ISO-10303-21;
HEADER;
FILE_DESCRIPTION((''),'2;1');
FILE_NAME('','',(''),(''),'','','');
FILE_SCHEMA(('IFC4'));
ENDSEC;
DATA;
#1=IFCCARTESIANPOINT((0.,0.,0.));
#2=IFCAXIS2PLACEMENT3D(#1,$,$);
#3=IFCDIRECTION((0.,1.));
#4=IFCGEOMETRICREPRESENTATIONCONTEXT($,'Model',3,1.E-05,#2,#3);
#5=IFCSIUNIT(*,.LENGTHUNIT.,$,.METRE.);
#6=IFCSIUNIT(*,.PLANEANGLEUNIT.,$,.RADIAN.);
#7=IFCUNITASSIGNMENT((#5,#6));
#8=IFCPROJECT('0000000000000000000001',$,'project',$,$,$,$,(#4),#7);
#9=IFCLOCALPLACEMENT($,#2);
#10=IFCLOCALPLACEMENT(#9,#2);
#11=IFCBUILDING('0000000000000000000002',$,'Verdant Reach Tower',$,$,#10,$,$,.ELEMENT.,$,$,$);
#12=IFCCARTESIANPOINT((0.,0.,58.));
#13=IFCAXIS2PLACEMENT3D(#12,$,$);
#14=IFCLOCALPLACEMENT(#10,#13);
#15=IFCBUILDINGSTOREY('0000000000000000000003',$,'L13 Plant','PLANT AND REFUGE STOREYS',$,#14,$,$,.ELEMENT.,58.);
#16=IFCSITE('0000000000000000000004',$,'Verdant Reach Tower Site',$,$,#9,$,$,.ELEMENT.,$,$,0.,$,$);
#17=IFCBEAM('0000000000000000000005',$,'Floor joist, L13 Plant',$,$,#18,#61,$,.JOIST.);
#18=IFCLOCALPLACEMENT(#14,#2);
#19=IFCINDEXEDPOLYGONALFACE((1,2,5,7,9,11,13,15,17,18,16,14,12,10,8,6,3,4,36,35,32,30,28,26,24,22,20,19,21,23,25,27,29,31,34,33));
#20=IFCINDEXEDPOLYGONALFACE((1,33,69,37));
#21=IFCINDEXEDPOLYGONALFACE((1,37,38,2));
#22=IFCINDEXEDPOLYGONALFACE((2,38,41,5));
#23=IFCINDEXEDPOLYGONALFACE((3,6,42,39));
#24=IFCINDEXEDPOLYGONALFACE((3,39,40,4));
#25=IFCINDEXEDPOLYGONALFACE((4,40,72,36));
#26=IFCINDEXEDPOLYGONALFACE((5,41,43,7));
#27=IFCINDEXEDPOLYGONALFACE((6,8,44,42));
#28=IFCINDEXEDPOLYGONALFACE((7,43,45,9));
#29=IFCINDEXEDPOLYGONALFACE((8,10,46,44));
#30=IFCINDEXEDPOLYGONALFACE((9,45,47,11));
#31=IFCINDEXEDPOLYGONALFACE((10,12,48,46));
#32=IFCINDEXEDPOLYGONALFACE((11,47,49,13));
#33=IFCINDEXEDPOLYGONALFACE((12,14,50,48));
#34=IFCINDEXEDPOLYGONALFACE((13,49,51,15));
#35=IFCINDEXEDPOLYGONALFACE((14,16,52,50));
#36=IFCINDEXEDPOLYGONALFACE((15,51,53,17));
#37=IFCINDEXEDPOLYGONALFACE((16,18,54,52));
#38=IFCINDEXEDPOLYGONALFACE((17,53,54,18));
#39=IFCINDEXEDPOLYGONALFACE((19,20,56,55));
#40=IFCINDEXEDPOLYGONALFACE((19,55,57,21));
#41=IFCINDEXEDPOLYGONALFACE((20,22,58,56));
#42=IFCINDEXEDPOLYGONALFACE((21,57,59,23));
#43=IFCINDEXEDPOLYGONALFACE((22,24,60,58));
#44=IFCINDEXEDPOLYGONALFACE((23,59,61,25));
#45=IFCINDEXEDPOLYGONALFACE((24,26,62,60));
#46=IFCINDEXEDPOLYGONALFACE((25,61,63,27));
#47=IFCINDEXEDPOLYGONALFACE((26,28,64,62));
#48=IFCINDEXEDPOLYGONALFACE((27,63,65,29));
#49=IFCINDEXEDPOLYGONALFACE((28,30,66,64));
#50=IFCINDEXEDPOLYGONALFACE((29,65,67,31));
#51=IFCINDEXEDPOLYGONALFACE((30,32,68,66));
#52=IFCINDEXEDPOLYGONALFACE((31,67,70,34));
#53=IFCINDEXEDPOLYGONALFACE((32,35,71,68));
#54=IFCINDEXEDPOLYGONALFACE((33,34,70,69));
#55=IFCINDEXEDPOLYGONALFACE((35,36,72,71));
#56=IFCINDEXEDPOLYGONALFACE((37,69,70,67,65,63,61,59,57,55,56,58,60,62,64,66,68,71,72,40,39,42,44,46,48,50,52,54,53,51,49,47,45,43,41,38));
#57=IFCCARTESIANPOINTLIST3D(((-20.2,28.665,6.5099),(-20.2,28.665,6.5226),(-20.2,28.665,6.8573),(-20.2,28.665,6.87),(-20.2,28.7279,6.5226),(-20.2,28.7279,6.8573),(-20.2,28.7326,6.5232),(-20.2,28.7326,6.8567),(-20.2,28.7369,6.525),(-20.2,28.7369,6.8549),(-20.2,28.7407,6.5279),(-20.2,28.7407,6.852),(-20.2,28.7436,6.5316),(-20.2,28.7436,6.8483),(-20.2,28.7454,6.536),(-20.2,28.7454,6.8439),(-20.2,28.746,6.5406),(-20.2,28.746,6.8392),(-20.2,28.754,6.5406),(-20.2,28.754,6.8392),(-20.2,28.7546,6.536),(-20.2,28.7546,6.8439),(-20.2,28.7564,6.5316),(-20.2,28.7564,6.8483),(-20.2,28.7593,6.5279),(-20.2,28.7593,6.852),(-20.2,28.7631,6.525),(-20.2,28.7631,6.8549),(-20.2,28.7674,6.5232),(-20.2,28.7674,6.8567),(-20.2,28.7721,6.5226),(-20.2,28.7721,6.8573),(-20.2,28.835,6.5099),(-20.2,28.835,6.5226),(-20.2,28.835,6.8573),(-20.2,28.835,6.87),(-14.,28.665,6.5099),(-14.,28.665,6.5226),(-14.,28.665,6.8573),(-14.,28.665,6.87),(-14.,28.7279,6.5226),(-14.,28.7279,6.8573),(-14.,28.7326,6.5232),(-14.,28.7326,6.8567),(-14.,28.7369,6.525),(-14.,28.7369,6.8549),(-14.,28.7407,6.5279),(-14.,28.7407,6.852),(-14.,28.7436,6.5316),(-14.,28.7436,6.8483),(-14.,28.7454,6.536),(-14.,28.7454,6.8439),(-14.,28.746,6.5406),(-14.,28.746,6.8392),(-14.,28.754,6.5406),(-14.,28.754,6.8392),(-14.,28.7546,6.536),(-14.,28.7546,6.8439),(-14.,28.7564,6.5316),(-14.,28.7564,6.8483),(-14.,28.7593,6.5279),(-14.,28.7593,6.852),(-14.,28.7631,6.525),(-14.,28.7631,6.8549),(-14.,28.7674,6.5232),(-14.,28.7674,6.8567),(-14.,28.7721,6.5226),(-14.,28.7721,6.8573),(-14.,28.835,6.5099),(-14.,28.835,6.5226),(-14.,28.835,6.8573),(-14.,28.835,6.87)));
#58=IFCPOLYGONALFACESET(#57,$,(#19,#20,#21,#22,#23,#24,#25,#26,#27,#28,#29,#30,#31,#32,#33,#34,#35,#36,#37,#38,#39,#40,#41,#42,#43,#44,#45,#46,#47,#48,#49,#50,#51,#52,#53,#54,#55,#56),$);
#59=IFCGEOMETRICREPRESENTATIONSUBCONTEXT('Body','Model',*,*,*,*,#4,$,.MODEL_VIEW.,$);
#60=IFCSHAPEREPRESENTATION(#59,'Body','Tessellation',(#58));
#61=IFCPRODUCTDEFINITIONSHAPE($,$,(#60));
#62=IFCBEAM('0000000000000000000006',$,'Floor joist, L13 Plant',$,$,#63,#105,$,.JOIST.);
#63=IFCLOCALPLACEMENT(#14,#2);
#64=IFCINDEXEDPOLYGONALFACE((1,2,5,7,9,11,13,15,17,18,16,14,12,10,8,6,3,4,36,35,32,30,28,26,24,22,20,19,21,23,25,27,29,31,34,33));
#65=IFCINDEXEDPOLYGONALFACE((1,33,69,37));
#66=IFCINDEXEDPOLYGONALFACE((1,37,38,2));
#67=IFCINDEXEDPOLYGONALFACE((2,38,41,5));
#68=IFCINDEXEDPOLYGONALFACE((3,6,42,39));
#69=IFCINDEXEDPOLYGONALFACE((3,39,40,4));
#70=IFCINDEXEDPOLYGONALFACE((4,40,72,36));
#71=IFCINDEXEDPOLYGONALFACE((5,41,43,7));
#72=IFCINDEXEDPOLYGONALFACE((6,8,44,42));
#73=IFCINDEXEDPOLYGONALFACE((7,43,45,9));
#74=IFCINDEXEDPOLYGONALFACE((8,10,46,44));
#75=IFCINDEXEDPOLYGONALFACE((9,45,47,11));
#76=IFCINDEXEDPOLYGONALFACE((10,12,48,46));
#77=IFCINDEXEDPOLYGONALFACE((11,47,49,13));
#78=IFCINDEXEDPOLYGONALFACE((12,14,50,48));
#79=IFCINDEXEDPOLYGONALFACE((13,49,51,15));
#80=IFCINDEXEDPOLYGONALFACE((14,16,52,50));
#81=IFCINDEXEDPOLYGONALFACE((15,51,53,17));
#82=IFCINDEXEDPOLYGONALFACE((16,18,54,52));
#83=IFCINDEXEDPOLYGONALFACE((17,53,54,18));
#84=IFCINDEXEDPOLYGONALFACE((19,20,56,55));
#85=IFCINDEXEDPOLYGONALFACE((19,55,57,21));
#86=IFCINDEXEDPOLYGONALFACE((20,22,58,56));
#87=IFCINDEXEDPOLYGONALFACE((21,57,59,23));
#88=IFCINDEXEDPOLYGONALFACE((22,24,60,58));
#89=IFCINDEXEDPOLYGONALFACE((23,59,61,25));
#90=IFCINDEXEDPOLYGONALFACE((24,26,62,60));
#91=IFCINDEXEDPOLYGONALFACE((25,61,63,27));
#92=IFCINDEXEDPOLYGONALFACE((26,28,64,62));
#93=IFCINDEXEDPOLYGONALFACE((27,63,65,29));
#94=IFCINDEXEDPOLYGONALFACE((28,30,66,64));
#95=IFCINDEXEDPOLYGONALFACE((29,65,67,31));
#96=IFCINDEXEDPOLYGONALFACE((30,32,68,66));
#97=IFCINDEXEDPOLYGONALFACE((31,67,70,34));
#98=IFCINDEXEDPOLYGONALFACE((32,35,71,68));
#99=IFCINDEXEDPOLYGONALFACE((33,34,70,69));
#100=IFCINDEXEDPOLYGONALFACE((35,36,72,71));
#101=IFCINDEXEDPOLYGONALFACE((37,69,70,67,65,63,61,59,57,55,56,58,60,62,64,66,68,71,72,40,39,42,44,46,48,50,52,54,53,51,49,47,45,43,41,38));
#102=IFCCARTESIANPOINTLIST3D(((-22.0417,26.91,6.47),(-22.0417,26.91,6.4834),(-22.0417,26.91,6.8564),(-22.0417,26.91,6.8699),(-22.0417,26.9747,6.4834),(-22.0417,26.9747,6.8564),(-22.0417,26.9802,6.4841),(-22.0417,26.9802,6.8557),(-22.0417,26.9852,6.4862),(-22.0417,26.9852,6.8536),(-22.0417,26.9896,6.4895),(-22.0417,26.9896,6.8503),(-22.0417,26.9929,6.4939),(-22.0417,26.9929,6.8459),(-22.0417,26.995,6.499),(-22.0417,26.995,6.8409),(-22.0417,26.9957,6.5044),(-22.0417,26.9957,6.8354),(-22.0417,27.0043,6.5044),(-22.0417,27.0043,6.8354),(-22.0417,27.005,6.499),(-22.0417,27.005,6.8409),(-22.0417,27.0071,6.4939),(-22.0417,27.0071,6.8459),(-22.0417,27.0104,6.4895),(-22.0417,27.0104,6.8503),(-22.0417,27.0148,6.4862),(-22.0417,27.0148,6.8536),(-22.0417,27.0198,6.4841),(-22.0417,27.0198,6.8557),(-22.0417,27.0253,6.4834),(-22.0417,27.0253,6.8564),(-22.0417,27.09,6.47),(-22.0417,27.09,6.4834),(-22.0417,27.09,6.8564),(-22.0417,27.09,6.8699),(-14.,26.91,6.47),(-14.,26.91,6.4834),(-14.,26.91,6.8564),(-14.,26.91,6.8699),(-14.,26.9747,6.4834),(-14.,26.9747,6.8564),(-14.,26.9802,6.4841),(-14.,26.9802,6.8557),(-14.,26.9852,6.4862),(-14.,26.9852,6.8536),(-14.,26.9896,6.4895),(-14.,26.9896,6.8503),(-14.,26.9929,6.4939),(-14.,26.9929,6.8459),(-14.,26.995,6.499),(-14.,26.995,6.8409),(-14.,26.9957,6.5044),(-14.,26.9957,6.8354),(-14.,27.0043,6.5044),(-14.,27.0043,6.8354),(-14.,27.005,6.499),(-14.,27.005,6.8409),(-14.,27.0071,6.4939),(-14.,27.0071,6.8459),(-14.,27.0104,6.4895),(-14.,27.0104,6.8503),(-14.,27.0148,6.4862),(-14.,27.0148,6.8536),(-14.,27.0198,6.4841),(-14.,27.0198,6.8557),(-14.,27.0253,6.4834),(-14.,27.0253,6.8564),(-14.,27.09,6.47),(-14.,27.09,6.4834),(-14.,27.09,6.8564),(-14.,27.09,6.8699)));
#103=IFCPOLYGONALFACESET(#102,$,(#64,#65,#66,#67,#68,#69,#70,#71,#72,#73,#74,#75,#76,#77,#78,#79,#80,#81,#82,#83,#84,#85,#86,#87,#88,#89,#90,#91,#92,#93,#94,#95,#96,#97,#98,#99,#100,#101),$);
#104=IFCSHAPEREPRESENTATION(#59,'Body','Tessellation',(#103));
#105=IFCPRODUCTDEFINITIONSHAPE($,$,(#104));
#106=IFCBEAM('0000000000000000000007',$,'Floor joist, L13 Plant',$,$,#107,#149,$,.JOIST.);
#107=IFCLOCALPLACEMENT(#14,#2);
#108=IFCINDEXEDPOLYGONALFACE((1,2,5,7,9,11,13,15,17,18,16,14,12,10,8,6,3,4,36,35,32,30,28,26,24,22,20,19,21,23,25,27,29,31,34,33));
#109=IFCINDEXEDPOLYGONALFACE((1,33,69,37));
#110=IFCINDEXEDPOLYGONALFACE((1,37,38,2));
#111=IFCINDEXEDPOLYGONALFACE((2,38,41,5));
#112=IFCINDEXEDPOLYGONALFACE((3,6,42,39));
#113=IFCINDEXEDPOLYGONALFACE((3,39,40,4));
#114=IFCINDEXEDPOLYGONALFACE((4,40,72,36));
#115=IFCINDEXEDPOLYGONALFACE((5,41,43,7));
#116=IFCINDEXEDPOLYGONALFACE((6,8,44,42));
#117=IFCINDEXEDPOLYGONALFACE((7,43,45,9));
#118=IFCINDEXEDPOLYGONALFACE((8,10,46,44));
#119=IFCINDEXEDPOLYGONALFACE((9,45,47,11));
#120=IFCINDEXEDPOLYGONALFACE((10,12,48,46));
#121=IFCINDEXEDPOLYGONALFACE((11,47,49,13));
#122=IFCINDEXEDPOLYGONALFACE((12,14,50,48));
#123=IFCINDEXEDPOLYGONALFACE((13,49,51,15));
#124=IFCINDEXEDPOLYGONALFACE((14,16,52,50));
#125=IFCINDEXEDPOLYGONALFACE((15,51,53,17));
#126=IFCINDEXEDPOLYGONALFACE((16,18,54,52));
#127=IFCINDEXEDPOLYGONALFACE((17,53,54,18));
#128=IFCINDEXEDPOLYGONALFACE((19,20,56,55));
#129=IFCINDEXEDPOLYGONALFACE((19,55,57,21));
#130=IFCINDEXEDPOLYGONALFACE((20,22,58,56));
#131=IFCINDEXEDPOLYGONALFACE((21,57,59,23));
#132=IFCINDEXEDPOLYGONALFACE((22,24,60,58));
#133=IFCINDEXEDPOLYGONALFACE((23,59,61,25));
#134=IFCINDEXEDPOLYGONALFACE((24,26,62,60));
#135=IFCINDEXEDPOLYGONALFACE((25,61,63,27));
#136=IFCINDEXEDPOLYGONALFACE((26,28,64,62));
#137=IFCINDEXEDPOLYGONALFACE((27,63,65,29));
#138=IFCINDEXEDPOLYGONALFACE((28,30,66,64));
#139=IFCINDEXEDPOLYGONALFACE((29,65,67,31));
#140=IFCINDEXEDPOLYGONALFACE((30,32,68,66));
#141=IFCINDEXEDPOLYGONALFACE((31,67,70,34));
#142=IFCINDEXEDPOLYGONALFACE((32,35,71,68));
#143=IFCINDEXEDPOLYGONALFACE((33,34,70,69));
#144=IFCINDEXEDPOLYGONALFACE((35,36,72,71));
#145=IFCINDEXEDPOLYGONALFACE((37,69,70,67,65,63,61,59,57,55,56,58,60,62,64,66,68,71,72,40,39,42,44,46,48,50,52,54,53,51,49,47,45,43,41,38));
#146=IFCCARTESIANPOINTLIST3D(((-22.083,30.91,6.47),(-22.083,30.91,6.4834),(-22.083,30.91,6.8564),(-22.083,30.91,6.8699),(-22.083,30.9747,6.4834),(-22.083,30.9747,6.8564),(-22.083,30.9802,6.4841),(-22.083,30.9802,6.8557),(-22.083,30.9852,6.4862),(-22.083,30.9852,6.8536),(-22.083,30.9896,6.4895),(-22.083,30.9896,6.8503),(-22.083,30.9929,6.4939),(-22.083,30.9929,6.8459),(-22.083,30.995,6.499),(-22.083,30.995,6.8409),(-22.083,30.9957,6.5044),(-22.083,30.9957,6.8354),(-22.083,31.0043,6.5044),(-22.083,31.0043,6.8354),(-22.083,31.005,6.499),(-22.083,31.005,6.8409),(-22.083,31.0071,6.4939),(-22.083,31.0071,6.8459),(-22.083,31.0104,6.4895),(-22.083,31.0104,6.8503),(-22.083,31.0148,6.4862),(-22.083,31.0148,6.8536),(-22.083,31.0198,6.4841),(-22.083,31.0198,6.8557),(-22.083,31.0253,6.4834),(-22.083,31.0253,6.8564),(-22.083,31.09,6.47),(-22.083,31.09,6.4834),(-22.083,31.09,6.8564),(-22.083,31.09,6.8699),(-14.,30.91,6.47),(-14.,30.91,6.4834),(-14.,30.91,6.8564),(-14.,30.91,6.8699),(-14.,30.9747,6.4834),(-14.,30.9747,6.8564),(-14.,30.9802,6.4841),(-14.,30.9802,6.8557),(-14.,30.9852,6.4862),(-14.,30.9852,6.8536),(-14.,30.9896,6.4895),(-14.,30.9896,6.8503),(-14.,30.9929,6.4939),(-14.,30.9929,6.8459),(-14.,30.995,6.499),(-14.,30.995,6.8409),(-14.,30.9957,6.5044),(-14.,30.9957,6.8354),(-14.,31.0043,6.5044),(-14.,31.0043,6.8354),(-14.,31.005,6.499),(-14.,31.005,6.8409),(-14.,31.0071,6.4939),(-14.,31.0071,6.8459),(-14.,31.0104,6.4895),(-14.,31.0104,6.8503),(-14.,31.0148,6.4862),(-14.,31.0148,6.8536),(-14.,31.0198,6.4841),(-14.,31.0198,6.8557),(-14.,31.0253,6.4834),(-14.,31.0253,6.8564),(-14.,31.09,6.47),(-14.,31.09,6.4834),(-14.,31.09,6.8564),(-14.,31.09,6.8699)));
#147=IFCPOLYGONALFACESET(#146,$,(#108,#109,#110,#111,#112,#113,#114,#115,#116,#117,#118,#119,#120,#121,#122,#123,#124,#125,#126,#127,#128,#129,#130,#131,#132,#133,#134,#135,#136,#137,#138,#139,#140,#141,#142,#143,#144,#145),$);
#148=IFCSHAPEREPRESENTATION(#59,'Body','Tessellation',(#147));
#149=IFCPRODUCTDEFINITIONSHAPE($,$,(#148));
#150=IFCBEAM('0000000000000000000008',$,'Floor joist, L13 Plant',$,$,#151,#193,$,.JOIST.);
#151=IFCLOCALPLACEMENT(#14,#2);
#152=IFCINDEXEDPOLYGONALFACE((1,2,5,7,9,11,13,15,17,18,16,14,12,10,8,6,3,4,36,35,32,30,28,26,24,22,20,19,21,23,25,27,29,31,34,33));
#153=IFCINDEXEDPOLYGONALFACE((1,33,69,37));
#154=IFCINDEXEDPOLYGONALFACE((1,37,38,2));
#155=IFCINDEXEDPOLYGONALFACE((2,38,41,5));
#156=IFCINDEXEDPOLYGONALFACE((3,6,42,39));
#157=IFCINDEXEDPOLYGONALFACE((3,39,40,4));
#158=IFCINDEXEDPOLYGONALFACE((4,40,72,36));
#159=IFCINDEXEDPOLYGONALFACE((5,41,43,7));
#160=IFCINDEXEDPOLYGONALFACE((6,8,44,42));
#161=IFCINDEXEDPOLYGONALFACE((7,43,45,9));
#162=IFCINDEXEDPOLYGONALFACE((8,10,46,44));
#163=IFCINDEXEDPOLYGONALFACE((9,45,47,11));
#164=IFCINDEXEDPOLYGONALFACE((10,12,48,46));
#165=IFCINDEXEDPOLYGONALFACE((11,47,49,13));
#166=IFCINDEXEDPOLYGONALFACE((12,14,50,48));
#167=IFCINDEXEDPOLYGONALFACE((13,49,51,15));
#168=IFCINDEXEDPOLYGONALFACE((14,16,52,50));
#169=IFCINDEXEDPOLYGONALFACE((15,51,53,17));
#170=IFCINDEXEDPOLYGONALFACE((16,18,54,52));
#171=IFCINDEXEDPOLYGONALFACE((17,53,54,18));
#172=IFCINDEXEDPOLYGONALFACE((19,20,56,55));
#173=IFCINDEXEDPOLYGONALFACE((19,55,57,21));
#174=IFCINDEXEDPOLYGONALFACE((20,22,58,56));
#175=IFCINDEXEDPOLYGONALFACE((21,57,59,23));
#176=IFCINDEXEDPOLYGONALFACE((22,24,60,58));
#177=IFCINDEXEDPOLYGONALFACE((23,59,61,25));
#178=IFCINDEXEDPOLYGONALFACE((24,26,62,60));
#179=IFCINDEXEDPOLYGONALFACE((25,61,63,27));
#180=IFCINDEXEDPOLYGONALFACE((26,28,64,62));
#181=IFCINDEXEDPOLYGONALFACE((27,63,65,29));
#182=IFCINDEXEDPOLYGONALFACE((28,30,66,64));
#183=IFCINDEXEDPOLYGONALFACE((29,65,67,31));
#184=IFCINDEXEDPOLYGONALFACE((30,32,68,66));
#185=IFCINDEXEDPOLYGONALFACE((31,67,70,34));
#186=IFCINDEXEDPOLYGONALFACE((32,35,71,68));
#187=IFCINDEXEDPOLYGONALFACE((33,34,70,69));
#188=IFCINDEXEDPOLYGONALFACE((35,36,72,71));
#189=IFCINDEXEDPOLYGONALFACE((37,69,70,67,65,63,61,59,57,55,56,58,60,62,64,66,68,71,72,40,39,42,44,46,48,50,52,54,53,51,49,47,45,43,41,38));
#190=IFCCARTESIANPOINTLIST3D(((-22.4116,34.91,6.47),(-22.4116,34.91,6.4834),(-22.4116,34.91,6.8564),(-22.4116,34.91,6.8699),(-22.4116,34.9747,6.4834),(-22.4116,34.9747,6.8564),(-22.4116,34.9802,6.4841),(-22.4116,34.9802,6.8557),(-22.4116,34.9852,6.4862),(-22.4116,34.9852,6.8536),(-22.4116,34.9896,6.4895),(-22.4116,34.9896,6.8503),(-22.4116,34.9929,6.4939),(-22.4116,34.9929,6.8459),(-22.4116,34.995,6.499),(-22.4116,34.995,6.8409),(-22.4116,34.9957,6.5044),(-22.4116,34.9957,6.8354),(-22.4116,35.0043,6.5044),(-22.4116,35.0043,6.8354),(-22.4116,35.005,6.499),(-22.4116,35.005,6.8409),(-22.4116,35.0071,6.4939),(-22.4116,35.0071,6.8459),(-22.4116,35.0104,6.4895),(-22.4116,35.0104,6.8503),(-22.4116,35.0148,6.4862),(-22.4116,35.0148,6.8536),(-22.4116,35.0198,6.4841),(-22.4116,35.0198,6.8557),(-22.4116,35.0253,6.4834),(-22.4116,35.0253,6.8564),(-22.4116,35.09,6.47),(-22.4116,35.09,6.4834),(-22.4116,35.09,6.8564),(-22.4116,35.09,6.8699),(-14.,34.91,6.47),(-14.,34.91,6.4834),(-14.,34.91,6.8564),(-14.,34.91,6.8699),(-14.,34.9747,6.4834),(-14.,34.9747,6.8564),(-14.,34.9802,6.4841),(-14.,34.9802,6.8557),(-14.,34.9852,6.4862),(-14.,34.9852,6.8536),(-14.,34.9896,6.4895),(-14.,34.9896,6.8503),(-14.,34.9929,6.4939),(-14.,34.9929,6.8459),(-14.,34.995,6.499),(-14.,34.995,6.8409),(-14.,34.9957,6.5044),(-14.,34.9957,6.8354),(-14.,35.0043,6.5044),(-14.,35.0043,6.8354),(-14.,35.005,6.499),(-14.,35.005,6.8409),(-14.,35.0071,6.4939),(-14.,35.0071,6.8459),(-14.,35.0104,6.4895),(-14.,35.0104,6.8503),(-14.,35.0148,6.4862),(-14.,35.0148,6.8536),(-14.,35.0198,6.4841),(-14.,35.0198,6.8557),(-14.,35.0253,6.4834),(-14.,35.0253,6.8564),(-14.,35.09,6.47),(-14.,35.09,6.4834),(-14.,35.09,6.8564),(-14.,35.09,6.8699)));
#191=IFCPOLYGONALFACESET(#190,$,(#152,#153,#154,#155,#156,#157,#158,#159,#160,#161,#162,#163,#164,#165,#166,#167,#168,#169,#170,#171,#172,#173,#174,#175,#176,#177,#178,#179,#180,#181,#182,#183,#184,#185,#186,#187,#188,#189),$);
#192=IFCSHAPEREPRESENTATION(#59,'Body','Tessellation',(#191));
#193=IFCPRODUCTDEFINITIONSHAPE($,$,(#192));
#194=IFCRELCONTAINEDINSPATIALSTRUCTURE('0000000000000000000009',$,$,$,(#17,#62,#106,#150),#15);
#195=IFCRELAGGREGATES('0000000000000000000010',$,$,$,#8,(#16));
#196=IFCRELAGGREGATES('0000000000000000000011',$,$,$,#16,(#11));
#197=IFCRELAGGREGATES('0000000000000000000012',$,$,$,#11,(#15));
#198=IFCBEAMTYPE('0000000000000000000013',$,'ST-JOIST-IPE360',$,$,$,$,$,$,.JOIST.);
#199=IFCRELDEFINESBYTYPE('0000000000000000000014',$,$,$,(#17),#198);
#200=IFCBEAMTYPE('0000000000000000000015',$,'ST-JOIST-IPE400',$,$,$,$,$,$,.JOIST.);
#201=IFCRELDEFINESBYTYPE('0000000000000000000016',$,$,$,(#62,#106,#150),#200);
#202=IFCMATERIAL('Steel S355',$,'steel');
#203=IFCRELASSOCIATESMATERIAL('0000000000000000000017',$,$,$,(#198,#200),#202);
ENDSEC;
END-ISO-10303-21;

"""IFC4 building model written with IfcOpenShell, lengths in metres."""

from ifc_helpers import new_model, si_unit, direction, frame, origin, origin_2d, place, context, subcontext, project, spatial, i_section, extrude, material, material_profile, profile_set, type_object, element, save


model = new_model("IFC4")

# Units and contexts
model_context = context("Model", 3, precision=1e-05, world=origin(), true_north=direction((0.0, 1.0)))
body_context = subcontext(model_context, "Body", "Model", "MODEL_VIEW")
ifc_project = project(units=[si_unit("LENGTHUNIT", "METRE"), si_unit("PLANEANGLEUNIT", "RADIAN")], contexts=[model_context])

# Site, building, storey
site_placement = place(None, origin())
site = spatial("IfcSite", under=ifc_project, at=site_placement, Name="Verdant Reach Tower Site", CompositionType="ELEMENT", RefElevation=0.0)
building_placement = place(site_placement, origin())
building = spatial("IfcBuilding", under=site, at=building_placement, Name="Verdant Reach Tower", CompositionType="ELEMENT")
storey_placement = place(building_placement, frame((0.0, 0.0, 58.0)))
storey = spatial("IfcBuildingStorey", under=building, at=storey_placement, Name="L13 Plant", Description="PLANT AND REFUGE STOREYS", CompositionType="ELEMENT", Elevation=58.0)

# Beams
ifc_material_1 = material(Name="Steel S355", Category="steel")
ifc_material_profile_1 = material_profile(ifc_material_1, i_section(OverallWidth=0.1699, OverallDepth=0.3601, WebThickness=0.0081, FlangeThickness=0.0127, FilletRadius=0.0181, at=origin_2d()), Name="IPE 360")
ifc_profile_set_1 = profile_set([ifc_material_profile_1], Name="Steel S355")
beam_type_1 = type_object("IfcBeamType", Name="ST-JOIST-IPE360", PredefinedType="JOIST", material=ifc_profile_set_1)
beam_1_placement = place(storey_placement, frame((-14.0, 28.75, 6.6899), z_axis=(-1.0, 0.0, 0.0), x_axis=(0.0, -1.0, 0.0)))
element("IfcBeam", 1, at=beam_1_placement, inside=storey, type_object=beam_type_1, Name="Floor joist, L13 Plant", PredefinedType="JOIST", context=body_context, shape_type="SweptSolid", body=[
    extrude(i_section(OverallWidth=0.1699, OverallDepth=0.3601, WebThickness=0.0081, FlangeThickness=0.0127, FilletRadius=0.0181, at=origin_2d()), origin(), (0.0, 0.0, 1.0), 6.2),
])
ifc_material_profile_2 = material_profile(ifc_material_1, i_section(OverallWidth=0.1799, OverallDepth=0.3999, WebThickness=0.0085, FlangeThickness=0.0134, FilletRadius=0.021, at=origin_2d()), Name="IPE 400")
ifc_profile_set_2 = profile_set([ifc_material_profile_2], Name="Steel S355")
beam_type_2 = type_object("IfcBeamType", Name="ST-JOIST-IPE400", PredefinedType="JOIST", material=ifc_profile_set_2)
beam_2_placement = place(storey_placement, frame((-14.0, 27.0, 6.6699), z_axis=(-1.0, 0.0, 0.0), x_axis=(0.0, -1.0, 0.0)))
element("IfcBeam", 2, at=beam_2_placement, inside=storey, type_object=beam_type_2, Name="Floor joist, L13 Plant", PredefinedType="JOIST", context=body_context, shape_type="SweptSolid", body=[
    extrude(i_section(OverallWidth=0.1799, OverallDepth=0.3999, WebThickness=0.0085, FlangeThickness=0.0134, FilletRadius=0.021, at=origin_2d()), origin(), (0.0, 0.0, 1.0), 8.0417),
])
beam_3_placement = place(storey_placement, frame((-14.0, 31.0, 6.6699), z_axis=(-1.0, 0.0, 0.0), x_axis=(0.0, -1.0, 0.0)))
element("IfcBeam", 3, at=beam_3_placement, inside=storey, type_object=beam_type_2, Name="Floor joist, L13 Plant", PredefinedType="JOIST", context=body_context, shape_type="SweptSolid", body=[
    extrude(i_section(OverallWidth=0.1799, OverallDepth=0.3999, WebThickness=0.0085, FlangeThickness=0.0134, FilletRadius=0.021, at=origin_2d()), origin(), (0.0, 0.0, 1.0), 8.083),
])
beam_4_placement = place(storey_placement, frame((-14.0, 35.0, 6.6699), z_axis=(-1.0, 0.0, 0.0), x_axis=(0.0, -1.0, 0.0)))
element("IfcBeam", 4, at=beam_4_placement, inside=storey, type_object=beam_type_2, Name="Floor joist, L13 Plant", PredefinedType="JOIST", context=body_context, shape_type="SweptSolid", body=[
    extrude(i_section(OverallWidth=0.1799, OverallDepth=0.3999, WebThickness=0.0085, FlangeThickness=0.0134, FilletRadius=0.021, at=origin_2d()), origin(), (0.0, 0.0, 1.0), 8.4116),
])

save(model, "model.ifc")
